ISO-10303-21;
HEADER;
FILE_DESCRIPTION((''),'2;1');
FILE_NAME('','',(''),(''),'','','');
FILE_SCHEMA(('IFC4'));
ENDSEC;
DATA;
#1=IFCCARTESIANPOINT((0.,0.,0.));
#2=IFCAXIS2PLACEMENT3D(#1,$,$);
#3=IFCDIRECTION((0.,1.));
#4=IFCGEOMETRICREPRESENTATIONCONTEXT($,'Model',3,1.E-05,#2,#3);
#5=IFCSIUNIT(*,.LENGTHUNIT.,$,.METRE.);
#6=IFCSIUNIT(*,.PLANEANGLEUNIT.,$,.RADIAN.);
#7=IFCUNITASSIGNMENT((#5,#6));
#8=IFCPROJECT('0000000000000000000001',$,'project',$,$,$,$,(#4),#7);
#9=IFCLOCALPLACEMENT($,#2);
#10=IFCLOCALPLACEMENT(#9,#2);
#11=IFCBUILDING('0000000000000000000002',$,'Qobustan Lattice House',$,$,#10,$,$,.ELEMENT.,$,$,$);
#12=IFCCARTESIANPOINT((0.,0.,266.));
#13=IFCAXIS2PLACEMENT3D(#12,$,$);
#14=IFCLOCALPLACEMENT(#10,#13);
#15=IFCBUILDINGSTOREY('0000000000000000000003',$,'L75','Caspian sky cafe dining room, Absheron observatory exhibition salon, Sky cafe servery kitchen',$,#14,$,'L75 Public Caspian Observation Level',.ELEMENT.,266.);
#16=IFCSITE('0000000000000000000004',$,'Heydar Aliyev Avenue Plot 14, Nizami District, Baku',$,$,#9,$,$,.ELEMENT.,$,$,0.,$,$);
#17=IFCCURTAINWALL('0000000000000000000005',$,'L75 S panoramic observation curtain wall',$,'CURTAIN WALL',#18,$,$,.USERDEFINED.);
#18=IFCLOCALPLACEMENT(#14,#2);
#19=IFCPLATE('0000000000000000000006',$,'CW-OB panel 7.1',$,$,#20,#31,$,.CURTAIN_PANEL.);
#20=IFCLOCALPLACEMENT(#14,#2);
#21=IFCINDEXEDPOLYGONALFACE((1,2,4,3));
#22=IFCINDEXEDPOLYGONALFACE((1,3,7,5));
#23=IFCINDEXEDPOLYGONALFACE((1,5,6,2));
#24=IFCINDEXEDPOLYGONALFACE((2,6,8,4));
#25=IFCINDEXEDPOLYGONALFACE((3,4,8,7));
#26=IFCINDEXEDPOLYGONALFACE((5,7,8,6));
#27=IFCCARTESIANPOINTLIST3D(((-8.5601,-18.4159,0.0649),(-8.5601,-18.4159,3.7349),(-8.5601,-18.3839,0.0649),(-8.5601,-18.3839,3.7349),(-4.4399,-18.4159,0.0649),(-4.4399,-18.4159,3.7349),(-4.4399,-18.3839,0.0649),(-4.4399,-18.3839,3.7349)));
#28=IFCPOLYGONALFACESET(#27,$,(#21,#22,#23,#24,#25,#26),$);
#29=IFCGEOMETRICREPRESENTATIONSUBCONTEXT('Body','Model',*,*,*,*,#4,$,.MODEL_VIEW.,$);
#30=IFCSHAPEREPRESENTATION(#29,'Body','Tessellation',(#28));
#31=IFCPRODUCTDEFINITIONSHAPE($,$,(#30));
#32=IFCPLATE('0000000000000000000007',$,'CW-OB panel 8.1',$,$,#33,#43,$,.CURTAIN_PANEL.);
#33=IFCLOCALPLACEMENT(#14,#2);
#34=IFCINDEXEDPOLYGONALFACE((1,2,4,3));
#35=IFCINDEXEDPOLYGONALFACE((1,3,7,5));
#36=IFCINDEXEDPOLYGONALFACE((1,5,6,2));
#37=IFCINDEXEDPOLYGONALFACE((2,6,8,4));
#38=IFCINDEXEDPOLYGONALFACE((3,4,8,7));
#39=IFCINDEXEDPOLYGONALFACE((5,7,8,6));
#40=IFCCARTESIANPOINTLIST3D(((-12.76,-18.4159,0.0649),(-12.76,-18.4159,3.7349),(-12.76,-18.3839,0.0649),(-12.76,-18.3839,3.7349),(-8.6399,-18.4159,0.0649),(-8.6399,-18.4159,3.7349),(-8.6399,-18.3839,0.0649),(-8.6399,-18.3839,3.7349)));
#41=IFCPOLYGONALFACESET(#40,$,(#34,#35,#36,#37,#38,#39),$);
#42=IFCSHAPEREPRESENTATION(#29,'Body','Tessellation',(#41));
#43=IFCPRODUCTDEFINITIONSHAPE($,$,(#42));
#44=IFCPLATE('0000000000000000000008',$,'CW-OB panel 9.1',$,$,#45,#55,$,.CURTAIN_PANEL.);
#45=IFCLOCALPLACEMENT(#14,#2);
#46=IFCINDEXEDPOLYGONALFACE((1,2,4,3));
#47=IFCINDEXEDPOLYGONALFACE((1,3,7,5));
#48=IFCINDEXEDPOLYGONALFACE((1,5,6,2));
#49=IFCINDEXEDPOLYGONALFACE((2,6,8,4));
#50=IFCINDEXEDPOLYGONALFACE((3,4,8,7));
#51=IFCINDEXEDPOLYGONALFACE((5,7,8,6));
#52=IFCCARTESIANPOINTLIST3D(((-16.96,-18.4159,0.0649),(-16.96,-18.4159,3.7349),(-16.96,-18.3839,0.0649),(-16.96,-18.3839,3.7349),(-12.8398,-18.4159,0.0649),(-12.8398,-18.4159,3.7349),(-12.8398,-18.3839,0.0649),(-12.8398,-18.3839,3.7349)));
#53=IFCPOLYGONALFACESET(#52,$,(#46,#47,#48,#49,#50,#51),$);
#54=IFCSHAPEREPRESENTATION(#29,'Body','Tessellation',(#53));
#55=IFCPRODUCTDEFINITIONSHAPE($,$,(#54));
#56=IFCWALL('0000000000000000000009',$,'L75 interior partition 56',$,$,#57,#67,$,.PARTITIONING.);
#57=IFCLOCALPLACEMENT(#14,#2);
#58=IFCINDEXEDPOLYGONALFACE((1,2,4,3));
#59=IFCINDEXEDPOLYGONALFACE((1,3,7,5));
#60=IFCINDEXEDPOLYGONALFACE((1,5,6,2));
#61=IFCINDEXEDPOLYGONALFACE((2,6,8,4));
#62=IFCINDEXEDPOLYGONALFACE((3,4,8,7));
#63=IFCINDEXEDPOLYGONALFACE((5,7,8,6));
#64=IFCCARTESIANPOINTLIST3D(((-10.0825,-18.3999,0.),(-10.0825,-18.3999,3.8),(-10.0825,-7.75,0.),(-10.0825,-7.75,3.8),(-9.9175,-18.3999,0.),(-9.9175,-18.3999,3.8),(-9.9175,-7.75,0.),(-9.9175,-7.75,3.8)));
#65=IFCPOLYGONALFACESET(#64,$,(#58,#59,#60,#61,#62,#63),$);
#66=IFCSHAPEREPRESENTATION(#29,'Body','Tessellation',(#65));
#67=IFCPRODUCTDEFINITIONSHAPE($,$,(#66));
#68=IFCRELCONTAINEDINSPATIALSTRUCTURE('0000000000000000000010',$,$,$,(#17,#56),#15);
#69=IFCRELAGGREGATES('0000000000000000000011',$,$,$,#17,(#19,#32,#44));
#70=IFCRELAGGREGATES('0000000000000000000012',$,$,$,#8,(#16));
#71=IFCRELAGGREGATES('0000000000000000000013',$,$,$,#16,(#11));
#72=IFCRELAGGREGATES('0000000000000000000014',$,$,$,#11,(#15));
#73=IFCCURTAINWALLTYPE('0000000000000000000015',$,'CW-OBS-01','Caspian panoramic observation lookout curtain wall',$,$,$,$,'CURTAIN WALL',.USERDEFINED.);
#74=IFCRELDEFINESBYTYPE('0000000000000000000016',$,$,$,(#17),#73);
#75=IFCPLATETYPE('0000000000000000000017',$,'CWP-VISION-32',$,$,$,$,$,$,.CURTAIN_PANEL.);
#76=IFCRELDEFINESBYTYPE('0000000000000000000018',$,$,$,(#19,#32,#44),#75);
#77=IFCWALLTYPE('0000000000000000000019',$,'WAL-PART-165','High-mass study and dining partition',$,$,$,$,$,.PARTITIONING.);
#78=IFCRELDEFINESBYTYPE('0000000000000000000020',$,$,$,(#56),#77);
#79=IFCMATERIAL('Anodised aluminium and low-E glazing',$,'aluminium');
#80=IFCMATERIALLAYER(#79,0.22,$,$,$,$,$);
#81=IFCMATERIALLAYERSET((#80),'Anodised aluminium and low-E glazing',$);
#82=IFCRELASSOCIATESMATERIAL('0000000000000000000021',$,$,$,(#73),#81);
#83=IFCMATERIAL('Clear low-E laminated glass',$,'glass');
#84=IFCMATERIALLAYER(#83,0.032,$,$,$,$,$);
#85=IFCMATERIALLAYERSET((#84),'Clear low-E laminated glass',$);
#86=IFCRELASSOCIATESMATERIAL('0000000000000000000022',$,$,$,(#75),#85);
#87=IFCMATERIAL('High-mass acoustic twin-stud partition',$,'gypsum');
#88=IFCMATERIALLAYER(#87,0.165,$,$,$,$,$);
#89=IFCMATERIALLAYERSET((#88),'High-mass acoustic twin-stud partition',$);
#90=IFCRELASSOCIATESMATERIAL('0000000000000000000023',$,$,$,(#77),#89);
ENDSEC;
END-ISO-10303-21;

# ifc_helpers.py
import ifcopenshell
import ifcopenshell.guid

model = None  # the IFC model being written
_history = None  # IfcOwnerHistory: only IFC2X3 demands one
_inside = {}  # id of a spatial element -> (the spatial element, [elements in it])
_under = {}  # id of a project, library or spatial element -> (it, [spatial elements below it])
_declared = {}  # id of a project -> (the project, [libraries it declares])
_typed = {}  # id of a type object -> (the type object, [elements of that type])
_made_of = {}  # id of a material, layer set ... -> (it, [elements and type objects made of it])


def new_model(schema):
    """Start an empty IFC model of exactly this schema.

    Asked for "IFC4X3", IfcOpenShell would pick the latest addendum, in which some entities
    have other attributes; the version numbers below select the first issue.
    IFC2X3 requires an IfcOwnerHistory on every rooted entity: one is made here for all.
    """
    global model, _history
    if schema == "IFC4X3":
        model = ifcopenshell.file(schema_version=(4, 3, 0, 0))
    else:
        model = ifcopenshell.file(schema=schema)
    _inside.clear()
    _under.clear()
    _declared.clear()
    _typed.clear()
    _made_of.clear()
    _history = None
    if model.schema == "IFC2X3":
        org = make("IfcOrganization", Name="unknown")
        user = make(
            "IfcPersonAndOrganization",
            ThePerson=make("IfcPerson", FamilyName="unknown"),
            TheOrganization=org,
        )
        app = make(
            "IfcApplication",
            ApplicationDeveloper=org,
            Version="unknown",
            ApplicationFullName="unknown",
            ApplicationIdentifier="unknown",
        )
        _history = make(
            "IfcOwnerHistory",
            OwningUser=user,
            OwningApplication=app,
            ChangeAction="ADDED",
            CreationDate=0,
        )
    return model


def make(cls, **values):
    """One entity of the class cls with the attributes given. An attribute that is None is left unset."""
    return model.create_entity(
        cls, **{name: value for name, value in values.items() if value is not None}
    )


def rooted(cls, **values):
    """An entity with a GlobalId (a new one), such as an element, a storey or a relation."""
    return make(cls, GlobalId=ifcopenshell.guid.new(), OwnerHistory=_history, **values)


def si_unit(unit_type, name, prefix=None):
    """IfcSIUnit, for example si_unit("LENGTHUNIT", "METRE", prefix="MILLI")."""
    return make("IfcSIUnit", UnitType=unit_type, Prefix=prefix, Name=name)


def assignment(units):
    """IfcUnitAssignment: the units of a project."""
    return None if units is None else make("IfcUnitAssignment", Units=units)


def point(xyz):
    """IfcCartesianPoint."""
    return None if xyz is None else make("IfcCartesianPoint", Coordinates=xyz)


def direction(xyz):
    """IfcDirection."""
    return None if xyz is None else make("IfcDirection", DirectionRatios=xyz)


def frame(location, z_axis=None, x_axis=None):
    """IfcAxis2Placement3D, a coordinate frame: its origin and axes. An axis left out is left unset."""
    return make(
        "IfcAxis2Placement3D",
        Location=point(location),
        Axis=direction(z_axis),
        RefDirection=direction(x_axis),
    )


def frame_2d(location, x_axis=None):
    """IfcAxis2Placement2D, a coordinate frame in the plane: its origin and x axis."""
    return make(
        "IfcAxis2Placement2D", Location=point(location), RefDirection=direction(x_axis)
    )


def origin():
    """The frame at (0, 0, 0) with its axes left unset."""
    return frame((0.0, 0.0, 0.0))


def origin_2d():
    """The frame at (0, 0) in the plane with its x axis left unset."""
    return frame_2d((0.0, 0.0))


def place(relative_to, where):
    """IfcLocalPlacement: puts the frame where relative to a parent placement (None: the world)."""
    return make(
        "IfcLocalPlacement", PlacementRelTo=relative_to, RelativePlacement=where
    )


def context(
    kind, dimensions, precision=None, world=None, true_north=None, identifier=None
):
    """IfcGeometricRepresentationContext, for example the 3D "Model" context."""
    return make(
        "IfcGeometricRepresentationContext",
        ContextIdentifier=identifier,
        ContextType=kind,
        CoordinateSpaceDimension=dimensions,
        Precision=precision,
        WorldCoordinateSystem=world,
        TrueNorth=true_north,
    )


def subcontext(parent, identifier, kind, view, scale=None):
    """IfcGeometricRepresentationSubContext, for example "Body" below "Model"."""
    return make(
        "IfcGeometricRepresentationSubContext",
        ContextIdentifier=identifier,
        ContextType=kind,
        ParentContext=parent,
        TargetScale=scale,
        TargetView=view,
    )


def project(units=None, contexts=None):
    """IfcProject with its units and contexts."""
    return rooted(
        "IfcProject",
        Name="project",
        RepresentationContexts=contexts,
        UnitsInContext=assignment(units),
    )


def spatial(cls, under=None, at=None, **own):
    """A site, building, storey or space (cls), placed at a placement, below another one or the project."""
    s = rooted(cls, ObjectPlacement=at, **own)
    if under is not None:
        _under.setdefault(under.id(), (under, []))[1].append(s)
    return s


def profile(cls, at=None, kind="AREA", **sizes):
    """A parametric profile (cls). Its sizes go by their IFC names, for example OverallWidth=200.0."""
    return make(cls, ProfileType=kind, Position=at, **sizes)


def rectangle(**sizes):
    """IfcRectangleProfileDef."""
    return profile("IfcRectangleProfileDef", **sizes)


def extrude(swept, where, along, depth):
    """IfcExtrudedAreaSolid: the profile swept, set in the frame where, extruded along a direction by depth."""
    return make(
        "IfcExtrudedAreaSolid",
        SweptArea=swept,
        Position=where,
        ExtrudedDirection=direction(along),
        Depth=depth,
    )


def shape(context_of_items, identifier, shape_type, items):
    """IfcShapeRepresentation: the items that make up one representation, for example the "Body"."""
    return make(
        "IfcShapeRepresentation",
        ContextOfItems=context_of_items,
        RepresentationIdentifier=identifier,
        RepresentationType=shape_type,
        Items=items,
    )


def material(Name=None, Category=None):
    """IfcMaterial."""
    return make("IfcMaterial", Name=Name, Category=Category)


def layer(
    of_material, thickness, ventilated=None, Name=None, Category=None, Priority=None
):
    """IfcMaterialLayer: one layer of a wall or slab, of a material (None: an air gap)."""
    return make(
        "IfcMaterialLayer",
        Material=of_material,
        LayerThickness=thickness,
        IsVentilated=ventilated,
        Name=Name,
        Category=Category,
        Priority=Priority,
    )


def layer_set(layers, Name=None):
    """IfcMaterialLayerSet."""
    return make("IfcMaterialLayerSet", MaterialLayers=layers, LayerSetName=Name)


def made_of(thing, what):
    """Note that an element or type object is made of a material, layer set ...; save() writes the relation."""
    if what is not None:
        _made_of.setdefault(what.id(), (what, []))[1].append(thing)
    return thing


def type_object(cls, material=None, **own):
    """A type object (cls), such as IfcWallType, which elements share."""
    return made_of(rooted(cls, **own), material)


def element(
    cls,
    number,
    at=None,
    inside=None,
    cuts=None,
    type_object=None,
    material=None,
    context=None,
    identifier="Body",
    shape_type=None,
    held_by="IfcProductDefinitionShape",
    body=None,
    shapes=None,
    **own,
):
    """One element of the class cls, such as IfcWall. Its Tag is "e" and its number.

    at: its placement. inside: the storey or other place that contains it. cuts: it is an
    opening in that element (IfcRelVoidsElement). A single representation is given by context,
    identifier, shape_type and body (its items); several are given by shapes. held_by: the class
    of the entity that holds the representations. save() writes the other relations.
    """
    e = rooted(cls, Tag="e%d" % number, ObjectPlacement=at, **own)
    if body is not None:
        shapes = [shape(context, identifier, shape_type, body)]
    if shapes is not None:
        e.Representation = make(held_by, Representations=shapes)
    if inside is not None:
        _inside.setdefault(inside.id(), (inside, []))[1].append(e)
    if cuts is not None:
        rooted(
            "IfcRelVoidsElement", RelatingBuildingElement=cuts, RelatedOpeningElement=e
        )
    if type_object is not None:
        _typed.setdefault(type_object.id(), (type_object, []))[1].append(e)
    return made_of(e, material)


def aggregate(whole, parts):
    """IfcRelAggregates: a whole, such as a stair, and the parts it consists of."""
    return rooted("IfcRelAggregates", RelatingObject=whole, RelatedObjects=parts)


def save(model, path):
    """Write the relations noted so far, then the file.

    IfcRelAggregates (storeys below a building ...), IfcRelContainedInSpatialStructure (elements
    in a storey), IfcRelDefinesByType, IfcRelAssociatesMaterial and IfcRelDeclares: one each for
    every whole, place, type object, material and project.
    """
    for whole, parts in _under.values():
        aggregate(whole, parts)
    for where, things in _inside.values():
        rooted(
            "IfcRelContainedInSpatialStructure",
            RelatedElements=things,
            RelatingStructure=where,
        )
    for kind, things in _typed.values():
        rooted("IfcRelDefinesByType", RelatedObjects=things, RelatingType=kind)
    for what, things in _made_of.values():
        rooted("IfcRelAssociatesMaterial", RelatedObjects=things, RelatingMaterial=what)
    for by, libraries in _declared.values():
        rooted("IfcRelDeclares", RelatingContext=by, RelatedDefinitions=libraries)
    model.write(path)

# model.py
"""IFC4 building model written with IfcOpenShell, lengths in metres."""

from ifc_helpers import new_model, si_unit, direction, frame, frame_2d, origin, origin_2d, place, context, subcontext, project, spatial, rectangle, extrude, material, layer, layer_set, type_object, element, aggregate, save


model = new_model("IFC4")

# Units and contexts
model_context = context("Model", 3, precision=1e-05, world=origin(), true_north=direction((0.0, 1.0)))
body_context = subcontext(model_context, "Body", "Model", "MODEL_VIEW")
ifc_project = project(units=[si_unit("LENGTHUNIT", "METRE"), si_unit("PLANEANGLEUNIT", "RADIAN")], contexts=[model_context])

# Site, building, storey
site_placement = place(None, origin())
site = spatial("IfcSite", under=ifc_project, at=site_placement, Name="Heydar Aliyev Avenue Plot 14, Nizami District, Baku", CompositionType="ELEMENT", RefElevation=0.0)
building_placement = place(site_placement, origin())
building = spatial("IfcBuilding", under=site, at=building_placement, Name="Qobustan Lattice House", CompositionType="ELEMENT")
storey_placement = place(building_placement, frame((0.0, 0.0, 266.0)))
storey = spatial("IfcBuildingStorey", under=building, at=storey_placement, Name="L75", Description="Caspian sky cafe dining room, Absheron observatory exhibition salon, Sky cafe servery kitchen", LongName="L75 Public Caspian Observation Level", CompositionType="ELEMENT", Elevation=266.0)

# Curtain wall, plates
ifc_material_1 = material(Name="Anodised aluminium and low-E glazing", Category="aluminium")
ifc_layer_1 = layer(ifc_material_1, 0.22)
ifc_layer_set_1 = layer_set([ifc_layer_1], Name="Anodised aluminium and low-E glazing")
curtain_wall_type = type_object("IfcCurtainWallType", Name="CW-OBS-01", Description="Caspian panoramic observation lookout curtain wall", ElementType="CURTAIN WALL", PredefinedType="USERDEFINED", material=ifc_layer_set_1)
curtain_wall_placement = place(storey_placement, origin())
curtain_wall = element("IfcCurtainWall", 1, at=curtain_wall_placement, inside=storey, type_object=curtain_wall_type, Name="L75 S panoramic observation curtain wall", ObjectType="CURTAIN WALL", PredefinedType="USERDEFINED")
ifc_material_2 = material(Name="Clear low-E laminated glass", Category="glass")
ifc_layer_2 = layer(ifc_material_2, 0.032)
ifc_layer_set_2 = layer_set([ifc_layer_2], Name="Clear low-E laminated glass")
plate_type = type_object("IfcPlateType", Name="CWP-VISION-32", PredefinedType="CURTAIN_PANEL", material=ifc_layer_set_2)
plate_1_placement = place(storey_placement, frame((-6.5, -18.3999, 0.0649), z_axis=(0.0, 0.0, 1.0), x_axis=(-1.0, 0.0, 0.0)))
plate_1 = element("IfcPlate", 2, at=plate_1_placement, type_object=plate_type, Name="CW-OB panel 7.1", PredefinedType="CURTAIN_PANEL", context=body_context, shape_type="SweptSolid", body=[
    extrude(rectangle(XDim=4.1201, YDim=0.032, at=origin_2d()), origin(), (0.0, 0.0, 1.0), 3.6699),
])
plate_2_placement = place(storey_placement, frame((-10.7, -18.3999, 0.0649), z_axis=(0.0, 0.0, 1.0), x_axis=(-1.0, 0.0, 0.0)))
plate_2 = element("IfcPlate", 3, at=plate_2_placement, type_object=plate_type, Name="CW-OB panel 8.1", PredefinedType="CURTAIN_PANEL", context=body_context, shape_type="SweptSolid", body=[
    extrude(rectangle(XDim=4.1201, YDim=0.032, at=origin_2d()), origin(), (0.0, 0.0, 1.0), 3.6699),
])
plate_3_placement = place(storey_placement, frame((-14.8999, -18.3999, 0.0649), z_axis=(0.0, 0.0, 1.0), x_axis=(-1.0, 0.0, 0.0)))
plate_3 = element("IfcPlate", 4, at=plate_3_placement, type_object=plate_type, Name="CW-OB panel 9.1", PredefinedType="CURTAIN_PANEL", context=body_context, shape_type="SweptSolid", body=[
    extrude(rectangle(XDim=4.1201, YDim=0.032, at=origin_2d()), origin(), (0.0, 0.0, 1.0), 3.6699),
])
aggregate(curtain_wall, [plate_1, plate_2, plate_3])

# Wall
ifc_material_3 = material(Name="High-mass acoustic twin-stud partition", Category="gypsum")
ifc_layer_3 = layer(ifc_material_3, 0.165)
ifc_layer_set_3 = layer_set([ifc_layer_3], Name="High-mass acoustic twin-stud partition")
wall_type = type_object("IfcWallType", Name="WAL-PART-165", Description="High-mass study and dining partition", PredefinedType="PARTITIONING", material=ifc_layer_set_3)
wall_placement = place(storey_placement, frame((-10.0, -18.3999, 0.0), z_axis=(0.0, 0.0, 1.0), x_axis=(0.0, 1.0, 0.0)))
element("IfcWall", 5, at=wall_placement, inside=storey, type_object=wall_type, Name="L75 interior partition 56", PredefinedType="PARTITIONING", context=body_context, shape_type="SweptSolid", body=[
    extrude(rectangle(XDim=10.6499, YDim=0.165, at=frame_2d((5.325, 0.0))), origin(), (0.0, 0.0, 1.0), 3.8),
])

save(model, "model.ifc")
